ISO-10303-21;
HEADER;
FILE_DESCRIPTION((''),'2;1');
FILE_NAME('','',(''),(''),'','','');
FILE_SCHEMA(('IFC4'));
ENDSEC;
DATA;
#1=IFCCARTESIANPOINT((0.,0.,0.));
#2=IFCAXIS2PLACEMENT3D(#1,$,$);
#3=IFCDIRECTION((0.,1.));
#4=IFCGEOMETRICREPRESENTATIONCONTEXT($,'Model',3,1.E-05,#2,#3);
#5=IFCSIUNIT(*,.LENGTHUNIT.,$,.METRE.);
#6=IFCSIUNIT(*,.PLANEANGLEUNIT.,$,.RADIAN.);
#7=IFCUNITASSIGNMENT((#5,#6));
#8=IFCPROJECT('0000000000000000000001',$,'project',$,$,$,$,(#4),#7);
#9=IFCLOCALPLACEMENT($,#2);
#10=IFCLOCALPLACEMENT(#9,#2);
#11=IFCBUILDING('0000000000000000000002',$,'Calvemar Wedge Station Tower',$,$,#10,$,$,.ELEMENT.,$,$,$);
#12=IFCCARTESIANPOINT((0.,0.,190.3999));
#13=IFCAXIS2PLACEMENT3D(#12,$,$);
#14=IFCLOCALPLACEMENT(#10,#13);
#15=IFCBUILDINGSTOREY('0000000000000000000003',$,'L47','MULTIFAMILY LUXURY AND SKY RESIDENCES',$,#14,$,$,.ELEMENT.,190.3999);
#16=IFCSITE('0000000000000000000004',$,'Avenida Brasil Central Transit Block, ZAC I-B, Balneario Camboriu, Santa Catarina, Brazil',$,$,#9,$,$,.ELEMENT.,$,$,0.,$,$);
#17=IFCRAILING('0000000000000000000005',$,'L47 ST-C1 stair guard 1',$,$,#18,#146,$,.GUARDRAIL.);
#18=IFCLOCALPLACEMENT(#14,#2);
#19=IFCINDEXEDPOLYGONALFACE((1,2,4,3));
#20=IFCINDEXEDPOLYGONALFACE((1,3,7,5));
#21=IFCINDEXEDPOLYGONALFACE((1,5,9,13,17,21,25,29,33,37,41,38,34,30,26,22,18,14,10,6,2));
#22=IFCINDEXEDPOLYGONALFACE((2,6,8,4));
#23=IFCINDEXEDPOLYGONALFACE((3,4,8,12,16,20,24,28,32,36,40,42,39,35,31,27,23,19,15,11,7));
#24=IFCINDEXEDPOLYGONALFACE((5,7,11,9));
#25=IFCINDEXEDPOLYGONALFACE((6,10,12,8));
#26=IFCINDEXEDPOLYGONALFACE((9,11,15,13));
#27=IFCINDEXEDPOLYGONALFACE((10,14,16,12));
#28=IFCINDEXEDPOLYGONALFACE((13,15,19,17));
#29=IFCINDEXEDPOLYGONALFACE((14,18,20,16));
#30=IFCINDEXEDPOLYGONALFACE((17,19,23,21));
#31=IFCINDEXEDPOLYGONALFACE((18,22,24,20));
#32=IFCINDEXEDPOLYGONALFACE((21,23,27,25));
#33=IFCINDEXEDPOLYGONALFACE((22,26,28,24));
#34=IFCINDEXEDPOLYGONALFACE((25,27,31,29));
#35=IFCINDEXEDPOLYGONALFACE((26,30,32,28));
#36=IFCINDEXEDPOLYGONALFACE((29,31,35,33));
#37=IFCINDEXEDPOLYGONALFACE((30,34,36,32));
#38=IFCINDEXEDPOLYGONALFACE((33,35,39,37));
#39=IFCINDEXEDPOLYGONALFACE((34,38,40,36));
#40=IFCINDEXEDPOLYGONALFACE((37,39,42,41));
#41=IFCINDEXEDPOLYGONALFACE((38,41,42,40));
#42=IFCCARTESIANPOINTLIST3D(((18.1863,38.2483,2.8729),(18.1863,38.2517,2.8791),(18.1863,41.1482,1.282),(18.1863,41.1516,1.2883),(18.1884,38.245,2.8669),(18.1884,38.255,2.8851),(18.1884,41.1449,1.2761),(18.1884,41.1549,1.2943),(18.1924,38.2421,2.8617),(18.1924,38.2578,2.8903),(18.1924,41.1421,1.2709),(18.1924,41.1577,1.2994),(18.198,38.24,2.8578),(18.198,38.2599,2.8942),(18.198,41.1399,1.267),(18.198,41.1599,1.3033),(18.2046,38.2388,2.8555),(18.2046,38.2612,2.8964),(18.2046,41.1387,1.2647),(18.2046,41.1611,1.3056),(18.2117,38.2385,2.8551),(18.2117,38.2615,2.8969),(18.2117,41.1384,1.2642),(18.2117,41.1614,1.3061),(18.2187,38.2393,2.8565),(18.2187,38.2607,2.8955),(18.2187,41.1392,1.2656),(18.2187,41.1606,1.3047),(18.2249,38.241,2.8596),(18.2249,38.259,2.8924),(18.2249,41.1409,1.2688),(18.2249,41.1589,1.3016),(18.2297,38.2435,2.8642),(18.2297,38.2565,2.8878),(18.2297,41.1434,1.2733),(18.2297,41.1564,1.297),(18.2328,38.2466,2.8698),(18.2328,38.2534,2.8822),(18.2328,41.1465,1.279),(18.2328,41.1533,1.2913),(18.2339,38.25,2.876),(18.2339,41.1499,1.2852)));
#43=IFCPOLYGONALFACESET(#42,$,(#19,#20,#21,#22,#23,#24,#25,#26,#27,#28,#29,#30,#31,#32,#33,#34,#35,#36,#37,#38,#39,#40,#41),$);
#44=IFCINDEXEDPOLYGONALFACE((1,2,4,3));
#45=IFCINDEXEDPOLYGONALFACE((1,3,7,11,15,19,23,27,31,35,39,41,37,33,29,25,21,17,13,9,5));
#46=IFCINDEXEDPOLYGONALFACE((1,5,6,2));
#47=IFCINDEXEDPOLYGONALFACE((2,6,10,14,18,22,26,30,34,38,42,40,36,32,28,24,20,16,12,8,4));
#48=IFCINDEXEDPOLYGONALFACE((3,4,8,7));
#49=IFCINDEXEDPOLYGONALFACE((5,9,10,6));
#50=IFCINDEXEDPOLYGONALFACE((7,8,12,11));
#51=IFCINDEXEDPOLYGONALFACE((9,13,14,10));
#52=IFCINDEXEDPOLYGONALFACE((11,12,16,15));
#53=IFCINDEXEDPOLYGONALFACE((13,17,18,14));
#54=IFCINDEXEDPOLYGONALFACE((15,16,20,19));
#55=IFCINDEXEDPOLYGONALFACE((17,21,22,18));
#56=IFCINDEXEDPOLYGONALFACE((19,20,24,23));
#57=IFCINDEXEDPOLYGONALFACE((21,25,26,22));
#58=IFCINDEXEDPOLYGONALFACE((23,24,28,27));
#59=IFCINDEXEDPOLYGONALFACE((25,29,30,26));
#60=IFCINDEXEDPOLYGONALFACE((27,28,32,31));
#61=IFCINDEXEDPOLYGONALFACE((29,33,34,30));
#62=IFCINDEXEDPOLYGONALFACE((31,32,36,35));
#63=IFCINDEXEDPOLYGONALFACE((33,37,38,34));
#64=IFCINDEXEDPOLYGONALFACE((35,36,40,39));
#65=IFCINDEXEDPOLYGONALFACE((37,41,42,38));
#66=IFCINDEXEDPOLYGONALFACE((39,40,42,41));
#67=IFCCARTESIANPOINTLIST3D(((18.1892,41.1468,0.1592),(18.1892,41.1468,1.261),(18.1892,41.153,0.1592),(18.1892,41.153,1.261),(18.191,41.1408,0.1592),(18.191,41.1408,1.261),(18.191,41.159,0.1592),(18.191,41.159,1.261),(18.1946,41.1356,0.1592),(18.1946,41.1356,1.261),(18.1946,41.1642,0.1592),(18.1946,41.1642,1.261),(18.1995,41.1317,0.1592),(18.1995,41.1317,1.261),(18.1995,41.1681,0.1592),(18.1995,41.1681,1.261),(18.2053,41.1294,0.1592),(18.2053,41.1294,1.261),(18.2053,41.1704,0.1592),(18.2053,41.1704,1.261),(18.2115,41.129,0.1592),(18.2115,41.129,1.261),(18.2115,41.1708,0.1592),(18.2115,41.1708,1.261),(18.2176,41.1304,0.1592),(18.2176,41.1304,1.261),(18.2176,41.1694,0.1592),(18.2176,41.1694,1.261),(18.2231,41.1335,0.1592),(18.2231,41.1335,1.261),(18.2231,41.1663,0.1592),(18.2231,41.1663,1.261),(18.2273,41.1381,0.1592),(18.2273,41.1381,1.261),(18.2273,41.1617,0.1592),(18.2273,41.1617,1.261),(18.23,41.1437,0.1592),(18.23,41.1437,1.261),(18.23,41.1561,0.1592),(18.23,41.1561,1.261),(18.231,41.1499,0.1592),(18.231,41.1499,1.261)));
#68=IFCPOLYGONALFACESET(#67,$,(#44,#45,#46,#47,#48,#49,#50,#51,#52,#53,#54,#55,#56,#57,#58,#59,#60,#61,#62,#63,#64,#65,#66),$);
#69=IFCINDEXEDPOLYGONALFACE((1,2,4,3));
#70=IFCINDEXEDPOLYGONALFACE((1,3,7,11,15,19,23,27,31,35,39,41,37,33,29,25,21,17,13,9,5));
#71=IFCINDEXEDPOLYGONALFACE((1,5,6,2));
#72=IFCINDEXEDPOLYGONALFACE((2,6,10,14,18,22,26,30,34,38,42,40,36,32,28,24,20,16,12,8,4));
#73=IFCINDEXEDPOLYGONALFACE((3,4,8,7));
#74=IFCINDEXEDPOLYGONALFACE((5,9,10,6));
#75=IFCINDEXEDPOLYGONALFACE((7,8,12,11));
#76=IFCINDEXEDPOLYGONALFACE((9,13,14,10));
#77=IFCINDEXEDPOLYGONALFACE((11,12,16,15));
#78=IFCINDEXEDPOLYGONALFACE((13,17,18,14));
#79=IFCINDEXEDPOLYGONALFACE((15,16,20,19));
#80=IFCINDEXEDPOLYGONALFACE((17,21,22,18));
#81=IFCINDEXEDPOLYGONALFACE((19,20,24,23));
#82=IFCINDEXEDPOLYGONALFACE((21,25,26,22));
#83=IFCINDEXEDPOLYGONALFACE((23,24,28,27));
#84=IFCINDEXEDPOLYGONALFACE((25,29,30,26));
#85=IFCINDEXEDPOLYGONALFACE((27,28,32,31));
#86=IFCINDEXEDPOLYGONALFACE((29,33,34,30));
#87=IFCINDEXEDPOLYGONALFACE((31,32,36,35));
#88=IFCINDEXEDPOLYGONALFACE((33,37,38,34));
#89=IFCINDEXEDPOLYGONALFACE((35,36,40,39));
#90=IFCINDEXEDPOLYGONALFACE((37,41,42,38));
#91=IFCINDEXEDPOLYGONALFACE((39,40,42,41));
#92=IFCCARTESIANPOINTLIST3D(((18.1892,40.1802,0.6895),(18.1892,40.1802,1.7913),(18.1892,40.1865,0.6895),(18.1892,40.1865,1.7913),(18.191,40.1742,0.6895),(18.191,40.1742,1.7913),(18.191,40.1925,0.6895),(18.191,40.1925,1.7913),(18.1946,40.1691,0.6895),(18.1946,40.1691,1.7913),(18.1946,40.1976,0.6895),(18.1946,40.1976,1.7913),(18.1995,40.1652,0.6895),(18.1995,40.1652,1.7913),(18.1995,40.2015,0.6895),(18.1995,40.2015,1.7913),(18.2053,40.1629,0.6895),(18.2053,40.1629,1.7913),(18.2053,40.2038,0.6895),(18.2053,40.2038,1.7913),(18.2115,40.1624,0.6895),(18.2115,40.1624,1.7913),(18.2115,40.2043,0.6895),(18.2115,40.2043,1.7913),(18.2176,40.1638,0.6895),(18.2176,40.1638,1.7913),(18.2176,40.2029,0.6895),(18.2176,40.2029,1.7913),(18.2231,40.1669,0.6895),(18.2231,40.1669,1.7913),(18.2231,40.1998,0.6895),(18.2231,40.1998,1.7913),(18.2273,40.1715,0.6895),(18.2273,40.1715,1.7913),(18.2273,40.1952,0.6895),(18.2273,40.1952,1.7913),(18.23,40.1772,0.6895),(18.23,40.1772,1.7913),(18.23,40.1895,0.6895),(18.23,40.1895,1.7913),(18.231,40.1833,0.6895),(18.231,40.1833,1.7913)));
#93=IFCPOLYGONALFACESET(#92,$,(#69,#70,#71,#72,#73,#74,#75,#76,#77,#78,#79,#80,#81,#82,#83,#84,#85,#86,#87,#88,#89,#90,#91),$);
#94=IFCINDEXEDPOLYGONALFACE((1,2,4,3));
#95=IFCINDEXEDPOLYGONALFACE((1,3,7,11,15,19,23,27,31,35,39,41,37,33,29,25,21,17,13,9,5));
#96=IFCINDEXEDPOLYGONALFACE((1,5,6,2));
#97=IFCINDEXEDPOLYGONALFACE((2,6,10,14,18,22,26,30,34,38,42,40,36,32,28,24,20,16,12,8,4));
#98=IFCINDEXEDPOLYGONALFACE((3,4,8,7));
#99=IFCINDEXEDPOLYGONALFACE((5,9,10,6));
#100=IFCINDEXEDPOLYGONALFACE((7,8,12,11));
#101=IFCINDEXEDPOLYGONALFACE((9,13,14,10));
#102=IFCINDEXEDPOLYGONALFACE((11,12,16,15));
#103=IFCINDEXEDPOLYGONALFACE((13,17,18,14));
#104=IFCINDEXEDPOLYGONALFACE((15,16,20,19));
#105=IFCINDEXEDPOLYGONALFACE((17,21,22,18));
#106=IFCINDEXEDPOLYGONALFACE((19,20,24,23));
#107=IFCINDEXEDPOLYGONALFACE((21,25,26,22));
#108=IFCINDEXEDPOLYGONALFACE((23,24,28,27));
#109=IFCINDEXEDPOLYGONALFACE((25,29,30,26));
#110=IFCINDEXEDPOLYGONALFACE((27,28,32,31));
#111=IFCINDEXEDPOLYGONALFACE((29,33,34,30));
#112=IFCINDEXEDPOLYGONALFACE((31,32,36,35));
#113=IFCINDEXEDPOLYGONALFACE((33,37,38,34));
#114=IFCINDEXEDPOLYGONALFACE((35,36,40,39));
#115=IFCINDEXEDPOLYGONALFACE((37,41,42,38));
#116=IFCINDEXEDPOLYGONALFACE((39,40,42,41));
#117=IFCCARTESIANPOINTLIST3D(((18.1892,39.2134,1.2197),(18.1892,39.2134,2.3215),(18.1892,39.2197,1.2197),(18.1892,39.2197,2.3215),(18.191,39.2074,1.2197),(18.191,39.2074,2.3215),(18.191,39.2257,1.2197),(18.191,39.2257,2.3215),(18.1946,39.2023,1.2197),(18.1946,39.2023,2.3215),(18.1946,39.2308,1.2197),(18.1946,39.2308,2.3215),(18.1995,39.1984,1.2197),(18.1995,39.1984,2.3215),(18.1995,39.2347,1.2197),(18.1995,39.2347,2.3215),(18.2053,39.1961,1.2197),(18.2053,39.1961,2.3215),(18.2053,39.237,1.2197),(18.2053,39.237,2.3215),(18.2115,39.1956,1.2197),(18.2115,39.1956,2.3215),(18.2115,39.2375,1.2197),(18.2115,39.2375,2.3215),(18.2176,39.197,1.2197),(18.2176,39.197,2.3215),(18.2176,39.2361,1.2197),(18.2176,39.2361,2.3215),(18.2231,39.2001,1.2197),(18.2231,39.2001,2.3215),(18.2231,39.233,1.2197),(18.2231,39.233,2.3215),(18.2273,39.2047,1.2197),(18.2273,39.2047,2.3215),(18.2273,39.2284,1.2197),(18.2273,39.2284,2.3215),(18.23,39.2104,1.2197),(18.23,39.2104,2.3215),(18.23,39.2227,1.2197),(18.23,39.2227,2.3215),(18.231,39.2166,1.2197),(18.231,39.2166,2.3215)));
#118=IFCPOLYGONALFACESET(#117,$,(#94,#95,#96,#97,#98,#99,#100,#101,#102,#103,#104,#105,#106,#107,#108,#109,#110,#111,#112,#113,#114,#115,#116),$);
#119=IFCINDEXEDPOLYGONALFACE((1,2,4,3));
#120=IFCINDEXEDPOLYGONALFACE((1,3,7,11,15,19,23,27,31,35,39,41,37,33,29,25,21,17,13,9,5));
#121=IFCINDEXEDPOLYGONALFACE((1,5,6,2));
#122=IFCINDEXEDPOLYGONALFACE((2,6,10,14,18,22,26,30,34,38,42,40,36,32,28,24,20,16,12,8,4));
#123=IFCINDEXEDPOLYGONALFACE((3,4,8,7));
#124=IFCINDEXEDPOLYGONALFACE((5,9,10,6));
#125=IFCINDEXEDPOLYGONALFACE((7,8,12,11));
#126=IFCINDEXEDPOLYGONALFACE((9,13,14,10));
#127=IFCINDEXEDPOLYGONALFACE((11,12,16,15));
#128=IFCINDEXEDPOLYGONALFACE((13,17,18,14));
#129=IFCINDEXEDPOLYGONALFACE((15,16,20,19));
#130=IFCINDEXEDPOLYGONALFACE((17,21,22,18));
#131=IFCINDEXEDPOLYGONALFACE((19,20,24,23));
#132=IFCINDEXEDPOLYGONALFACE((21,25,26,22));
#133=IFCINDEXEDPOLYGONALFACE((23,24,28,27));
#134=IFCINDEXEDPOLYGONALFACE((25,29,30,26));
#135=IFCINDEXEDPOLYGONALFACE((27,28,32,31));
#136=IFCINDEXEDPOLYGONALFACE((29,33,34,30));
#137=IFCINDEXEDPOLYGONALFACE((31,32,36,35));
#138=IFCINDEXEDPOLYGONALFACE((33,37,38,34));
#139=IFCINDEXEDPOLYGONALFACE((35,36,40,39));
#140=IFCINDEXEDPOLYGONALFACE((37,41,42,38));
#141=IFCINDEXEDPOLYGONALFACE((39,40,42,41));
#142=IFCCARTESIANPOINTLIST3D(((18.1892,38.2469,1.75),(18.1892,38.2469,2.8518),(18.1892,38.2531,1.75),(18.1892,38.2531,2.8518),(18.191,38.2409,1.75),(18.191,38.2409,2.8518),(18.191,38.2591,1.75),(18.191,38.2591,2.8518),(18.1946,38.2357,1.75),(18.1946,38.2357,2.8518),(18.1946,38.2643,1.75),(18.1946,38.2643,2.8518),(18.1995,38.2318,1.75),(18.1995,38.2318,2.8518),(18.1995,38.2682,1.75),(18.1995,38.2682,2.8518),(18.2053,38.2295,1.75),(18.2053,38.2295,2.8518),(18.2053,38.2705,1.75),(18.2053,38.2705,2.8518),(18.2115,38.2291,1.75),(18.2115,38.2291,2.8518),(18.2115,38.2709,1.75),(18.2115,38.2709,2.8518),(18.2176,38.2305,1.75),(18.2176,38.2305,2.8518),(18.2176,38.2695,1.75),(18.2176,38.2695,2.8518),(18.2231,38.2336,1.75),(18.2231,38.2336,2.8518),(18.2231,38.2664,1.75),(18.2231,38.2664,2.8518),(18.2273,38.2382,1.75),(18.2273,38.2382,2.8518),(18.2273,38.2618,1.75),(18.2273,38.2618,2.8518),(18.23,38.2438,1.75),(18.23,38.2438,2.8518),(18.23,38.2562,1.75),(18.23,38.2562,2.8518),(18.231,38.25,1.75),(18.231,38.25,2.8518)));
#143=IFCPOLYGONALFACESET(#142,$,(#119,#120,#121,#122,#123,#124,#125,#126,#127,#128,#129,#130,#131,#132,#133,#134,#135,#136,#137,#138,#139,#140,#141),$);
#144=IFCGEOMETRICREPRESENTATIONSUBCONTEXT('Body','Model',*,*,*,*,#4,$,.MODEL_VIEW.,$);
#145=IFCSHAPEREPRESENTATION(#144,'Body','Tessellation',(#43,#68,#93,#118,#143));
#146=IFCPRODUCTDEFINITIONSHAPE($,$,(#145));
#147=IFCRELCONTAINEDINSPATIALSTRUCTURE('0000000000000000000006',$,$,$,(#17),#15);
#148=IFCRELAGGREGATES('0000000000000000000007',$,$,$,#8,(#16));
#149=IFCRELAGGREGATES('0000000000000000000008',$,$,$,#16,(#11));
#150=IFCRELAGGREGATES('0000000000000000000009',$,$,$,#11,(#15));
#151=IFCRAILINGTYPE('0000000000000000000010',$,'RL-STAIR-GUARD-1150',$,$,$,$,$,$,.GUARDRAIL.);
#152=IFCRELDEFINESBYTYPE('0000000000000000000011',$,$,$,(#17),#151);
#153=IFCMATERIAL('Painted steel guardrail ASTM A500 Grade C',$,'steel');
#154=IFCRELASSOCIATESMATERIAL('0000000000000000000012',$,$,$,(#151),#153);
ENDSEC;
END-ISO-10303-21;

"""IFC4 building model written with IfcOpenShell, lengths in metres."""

from ifc_helpers import new_model, si_unit, direction, frame, origin, origin_2d, place, context, subcontext, project, spatial, circle, extrude, material, type_object, element, save


model = new_model("IFC4")

# Units and contexts
model_context = context("Model", 3, precision=1e-05, world=origin(), true_north=direction((0.0, 1.0)))
body_context = subcontext(model_context, "Body", "Model", "MODEL_VIEW")
ifc_project = project(units=[si_unit("LENGTHUNIT", "METRE"), si_unit("PLANEANGLEUNIT", "RADIAN")], contexts=[model_context])

# Site, building, storey
site_placement = place(None, origin())
site = spatial("IfcSite", under=ifc_project, at=site_placement, Name="Avenida Brasil Central Transit Block, ZAC I-B, Balneario Camboriu, Santa Catarina, Brazil", CompositionType="ELEMENT", RefElevation=0.0)
building_placement = place(site_placement, origin())
building = spatial("IfcBuilding", under=site, at=building_placement, Name="Calvemar Wedge Station Tower", CompositionType="ELEMENT")
storey_placement = place(building_placement, frame((0.0, 0.0, 190.3999)))
storey = spatial("IfcBuildingStorey", under=building, at=storey_placement, Name="L47", Description="MULTIFAMILY LUXURY AND SKY RESIDENCES", CompositionType="ELEMENT", Elevation=190.3999)

# Railing
ifc_material_1 = material(Name="Painted steel guardrail ASTM A500 Grade C", Category="steel")
railing_type_1 = type_object("IfcRailingType", Name="RL-STAIR-GUARD-1150", PredefinedType="GUARDRAIL", material=ifc_material_1)
railing_1_placement = place(storey_placement, frame((18.21, 41.1499, 0.1592)))
element("IfcRailing", 1, at=railing_1_placement, inside=storey, type_object=railing_type_1, Name="L47 ST-C1 stair guard 1", PredefinedType="GUARDRAIL", context=body_context, shape_type="SweptSolid", body=[
    extrude(circle(Radius=0.0239, at=origin_2d()), frame((0.0, 0.0, 1.126), z_axis=(0.0, -0.876742, 0.480961), x_axis=(1.0, 0.0, 0.0)), (0.0, 0.0, 1.0), 3.3076),
    extrude(circle(Radius=0.021, at=origin_2d()), origin(), (0.0, 0.0, 1.0), 1.1018),
    extrude(circle(Radius=0.021, at=origin_2d()), frame((0.0, -0.9666, 0.5303)), (0.0, 0.0, 1.0), 1.1018),
    extrude(circle(Radius=0.021, at=origin_2d()), frame((0.0, -1.9333, 1.0605)), (0.0, 0.0, 1.0), 1.1018),
    extrude(circle(Radius=0.021, at=origin_2d()), frame((0.0, -2.8999, 1.5908)), (0.0, 0.0, 1.0), 1.1018),
])

save(model, "model.ifc")
